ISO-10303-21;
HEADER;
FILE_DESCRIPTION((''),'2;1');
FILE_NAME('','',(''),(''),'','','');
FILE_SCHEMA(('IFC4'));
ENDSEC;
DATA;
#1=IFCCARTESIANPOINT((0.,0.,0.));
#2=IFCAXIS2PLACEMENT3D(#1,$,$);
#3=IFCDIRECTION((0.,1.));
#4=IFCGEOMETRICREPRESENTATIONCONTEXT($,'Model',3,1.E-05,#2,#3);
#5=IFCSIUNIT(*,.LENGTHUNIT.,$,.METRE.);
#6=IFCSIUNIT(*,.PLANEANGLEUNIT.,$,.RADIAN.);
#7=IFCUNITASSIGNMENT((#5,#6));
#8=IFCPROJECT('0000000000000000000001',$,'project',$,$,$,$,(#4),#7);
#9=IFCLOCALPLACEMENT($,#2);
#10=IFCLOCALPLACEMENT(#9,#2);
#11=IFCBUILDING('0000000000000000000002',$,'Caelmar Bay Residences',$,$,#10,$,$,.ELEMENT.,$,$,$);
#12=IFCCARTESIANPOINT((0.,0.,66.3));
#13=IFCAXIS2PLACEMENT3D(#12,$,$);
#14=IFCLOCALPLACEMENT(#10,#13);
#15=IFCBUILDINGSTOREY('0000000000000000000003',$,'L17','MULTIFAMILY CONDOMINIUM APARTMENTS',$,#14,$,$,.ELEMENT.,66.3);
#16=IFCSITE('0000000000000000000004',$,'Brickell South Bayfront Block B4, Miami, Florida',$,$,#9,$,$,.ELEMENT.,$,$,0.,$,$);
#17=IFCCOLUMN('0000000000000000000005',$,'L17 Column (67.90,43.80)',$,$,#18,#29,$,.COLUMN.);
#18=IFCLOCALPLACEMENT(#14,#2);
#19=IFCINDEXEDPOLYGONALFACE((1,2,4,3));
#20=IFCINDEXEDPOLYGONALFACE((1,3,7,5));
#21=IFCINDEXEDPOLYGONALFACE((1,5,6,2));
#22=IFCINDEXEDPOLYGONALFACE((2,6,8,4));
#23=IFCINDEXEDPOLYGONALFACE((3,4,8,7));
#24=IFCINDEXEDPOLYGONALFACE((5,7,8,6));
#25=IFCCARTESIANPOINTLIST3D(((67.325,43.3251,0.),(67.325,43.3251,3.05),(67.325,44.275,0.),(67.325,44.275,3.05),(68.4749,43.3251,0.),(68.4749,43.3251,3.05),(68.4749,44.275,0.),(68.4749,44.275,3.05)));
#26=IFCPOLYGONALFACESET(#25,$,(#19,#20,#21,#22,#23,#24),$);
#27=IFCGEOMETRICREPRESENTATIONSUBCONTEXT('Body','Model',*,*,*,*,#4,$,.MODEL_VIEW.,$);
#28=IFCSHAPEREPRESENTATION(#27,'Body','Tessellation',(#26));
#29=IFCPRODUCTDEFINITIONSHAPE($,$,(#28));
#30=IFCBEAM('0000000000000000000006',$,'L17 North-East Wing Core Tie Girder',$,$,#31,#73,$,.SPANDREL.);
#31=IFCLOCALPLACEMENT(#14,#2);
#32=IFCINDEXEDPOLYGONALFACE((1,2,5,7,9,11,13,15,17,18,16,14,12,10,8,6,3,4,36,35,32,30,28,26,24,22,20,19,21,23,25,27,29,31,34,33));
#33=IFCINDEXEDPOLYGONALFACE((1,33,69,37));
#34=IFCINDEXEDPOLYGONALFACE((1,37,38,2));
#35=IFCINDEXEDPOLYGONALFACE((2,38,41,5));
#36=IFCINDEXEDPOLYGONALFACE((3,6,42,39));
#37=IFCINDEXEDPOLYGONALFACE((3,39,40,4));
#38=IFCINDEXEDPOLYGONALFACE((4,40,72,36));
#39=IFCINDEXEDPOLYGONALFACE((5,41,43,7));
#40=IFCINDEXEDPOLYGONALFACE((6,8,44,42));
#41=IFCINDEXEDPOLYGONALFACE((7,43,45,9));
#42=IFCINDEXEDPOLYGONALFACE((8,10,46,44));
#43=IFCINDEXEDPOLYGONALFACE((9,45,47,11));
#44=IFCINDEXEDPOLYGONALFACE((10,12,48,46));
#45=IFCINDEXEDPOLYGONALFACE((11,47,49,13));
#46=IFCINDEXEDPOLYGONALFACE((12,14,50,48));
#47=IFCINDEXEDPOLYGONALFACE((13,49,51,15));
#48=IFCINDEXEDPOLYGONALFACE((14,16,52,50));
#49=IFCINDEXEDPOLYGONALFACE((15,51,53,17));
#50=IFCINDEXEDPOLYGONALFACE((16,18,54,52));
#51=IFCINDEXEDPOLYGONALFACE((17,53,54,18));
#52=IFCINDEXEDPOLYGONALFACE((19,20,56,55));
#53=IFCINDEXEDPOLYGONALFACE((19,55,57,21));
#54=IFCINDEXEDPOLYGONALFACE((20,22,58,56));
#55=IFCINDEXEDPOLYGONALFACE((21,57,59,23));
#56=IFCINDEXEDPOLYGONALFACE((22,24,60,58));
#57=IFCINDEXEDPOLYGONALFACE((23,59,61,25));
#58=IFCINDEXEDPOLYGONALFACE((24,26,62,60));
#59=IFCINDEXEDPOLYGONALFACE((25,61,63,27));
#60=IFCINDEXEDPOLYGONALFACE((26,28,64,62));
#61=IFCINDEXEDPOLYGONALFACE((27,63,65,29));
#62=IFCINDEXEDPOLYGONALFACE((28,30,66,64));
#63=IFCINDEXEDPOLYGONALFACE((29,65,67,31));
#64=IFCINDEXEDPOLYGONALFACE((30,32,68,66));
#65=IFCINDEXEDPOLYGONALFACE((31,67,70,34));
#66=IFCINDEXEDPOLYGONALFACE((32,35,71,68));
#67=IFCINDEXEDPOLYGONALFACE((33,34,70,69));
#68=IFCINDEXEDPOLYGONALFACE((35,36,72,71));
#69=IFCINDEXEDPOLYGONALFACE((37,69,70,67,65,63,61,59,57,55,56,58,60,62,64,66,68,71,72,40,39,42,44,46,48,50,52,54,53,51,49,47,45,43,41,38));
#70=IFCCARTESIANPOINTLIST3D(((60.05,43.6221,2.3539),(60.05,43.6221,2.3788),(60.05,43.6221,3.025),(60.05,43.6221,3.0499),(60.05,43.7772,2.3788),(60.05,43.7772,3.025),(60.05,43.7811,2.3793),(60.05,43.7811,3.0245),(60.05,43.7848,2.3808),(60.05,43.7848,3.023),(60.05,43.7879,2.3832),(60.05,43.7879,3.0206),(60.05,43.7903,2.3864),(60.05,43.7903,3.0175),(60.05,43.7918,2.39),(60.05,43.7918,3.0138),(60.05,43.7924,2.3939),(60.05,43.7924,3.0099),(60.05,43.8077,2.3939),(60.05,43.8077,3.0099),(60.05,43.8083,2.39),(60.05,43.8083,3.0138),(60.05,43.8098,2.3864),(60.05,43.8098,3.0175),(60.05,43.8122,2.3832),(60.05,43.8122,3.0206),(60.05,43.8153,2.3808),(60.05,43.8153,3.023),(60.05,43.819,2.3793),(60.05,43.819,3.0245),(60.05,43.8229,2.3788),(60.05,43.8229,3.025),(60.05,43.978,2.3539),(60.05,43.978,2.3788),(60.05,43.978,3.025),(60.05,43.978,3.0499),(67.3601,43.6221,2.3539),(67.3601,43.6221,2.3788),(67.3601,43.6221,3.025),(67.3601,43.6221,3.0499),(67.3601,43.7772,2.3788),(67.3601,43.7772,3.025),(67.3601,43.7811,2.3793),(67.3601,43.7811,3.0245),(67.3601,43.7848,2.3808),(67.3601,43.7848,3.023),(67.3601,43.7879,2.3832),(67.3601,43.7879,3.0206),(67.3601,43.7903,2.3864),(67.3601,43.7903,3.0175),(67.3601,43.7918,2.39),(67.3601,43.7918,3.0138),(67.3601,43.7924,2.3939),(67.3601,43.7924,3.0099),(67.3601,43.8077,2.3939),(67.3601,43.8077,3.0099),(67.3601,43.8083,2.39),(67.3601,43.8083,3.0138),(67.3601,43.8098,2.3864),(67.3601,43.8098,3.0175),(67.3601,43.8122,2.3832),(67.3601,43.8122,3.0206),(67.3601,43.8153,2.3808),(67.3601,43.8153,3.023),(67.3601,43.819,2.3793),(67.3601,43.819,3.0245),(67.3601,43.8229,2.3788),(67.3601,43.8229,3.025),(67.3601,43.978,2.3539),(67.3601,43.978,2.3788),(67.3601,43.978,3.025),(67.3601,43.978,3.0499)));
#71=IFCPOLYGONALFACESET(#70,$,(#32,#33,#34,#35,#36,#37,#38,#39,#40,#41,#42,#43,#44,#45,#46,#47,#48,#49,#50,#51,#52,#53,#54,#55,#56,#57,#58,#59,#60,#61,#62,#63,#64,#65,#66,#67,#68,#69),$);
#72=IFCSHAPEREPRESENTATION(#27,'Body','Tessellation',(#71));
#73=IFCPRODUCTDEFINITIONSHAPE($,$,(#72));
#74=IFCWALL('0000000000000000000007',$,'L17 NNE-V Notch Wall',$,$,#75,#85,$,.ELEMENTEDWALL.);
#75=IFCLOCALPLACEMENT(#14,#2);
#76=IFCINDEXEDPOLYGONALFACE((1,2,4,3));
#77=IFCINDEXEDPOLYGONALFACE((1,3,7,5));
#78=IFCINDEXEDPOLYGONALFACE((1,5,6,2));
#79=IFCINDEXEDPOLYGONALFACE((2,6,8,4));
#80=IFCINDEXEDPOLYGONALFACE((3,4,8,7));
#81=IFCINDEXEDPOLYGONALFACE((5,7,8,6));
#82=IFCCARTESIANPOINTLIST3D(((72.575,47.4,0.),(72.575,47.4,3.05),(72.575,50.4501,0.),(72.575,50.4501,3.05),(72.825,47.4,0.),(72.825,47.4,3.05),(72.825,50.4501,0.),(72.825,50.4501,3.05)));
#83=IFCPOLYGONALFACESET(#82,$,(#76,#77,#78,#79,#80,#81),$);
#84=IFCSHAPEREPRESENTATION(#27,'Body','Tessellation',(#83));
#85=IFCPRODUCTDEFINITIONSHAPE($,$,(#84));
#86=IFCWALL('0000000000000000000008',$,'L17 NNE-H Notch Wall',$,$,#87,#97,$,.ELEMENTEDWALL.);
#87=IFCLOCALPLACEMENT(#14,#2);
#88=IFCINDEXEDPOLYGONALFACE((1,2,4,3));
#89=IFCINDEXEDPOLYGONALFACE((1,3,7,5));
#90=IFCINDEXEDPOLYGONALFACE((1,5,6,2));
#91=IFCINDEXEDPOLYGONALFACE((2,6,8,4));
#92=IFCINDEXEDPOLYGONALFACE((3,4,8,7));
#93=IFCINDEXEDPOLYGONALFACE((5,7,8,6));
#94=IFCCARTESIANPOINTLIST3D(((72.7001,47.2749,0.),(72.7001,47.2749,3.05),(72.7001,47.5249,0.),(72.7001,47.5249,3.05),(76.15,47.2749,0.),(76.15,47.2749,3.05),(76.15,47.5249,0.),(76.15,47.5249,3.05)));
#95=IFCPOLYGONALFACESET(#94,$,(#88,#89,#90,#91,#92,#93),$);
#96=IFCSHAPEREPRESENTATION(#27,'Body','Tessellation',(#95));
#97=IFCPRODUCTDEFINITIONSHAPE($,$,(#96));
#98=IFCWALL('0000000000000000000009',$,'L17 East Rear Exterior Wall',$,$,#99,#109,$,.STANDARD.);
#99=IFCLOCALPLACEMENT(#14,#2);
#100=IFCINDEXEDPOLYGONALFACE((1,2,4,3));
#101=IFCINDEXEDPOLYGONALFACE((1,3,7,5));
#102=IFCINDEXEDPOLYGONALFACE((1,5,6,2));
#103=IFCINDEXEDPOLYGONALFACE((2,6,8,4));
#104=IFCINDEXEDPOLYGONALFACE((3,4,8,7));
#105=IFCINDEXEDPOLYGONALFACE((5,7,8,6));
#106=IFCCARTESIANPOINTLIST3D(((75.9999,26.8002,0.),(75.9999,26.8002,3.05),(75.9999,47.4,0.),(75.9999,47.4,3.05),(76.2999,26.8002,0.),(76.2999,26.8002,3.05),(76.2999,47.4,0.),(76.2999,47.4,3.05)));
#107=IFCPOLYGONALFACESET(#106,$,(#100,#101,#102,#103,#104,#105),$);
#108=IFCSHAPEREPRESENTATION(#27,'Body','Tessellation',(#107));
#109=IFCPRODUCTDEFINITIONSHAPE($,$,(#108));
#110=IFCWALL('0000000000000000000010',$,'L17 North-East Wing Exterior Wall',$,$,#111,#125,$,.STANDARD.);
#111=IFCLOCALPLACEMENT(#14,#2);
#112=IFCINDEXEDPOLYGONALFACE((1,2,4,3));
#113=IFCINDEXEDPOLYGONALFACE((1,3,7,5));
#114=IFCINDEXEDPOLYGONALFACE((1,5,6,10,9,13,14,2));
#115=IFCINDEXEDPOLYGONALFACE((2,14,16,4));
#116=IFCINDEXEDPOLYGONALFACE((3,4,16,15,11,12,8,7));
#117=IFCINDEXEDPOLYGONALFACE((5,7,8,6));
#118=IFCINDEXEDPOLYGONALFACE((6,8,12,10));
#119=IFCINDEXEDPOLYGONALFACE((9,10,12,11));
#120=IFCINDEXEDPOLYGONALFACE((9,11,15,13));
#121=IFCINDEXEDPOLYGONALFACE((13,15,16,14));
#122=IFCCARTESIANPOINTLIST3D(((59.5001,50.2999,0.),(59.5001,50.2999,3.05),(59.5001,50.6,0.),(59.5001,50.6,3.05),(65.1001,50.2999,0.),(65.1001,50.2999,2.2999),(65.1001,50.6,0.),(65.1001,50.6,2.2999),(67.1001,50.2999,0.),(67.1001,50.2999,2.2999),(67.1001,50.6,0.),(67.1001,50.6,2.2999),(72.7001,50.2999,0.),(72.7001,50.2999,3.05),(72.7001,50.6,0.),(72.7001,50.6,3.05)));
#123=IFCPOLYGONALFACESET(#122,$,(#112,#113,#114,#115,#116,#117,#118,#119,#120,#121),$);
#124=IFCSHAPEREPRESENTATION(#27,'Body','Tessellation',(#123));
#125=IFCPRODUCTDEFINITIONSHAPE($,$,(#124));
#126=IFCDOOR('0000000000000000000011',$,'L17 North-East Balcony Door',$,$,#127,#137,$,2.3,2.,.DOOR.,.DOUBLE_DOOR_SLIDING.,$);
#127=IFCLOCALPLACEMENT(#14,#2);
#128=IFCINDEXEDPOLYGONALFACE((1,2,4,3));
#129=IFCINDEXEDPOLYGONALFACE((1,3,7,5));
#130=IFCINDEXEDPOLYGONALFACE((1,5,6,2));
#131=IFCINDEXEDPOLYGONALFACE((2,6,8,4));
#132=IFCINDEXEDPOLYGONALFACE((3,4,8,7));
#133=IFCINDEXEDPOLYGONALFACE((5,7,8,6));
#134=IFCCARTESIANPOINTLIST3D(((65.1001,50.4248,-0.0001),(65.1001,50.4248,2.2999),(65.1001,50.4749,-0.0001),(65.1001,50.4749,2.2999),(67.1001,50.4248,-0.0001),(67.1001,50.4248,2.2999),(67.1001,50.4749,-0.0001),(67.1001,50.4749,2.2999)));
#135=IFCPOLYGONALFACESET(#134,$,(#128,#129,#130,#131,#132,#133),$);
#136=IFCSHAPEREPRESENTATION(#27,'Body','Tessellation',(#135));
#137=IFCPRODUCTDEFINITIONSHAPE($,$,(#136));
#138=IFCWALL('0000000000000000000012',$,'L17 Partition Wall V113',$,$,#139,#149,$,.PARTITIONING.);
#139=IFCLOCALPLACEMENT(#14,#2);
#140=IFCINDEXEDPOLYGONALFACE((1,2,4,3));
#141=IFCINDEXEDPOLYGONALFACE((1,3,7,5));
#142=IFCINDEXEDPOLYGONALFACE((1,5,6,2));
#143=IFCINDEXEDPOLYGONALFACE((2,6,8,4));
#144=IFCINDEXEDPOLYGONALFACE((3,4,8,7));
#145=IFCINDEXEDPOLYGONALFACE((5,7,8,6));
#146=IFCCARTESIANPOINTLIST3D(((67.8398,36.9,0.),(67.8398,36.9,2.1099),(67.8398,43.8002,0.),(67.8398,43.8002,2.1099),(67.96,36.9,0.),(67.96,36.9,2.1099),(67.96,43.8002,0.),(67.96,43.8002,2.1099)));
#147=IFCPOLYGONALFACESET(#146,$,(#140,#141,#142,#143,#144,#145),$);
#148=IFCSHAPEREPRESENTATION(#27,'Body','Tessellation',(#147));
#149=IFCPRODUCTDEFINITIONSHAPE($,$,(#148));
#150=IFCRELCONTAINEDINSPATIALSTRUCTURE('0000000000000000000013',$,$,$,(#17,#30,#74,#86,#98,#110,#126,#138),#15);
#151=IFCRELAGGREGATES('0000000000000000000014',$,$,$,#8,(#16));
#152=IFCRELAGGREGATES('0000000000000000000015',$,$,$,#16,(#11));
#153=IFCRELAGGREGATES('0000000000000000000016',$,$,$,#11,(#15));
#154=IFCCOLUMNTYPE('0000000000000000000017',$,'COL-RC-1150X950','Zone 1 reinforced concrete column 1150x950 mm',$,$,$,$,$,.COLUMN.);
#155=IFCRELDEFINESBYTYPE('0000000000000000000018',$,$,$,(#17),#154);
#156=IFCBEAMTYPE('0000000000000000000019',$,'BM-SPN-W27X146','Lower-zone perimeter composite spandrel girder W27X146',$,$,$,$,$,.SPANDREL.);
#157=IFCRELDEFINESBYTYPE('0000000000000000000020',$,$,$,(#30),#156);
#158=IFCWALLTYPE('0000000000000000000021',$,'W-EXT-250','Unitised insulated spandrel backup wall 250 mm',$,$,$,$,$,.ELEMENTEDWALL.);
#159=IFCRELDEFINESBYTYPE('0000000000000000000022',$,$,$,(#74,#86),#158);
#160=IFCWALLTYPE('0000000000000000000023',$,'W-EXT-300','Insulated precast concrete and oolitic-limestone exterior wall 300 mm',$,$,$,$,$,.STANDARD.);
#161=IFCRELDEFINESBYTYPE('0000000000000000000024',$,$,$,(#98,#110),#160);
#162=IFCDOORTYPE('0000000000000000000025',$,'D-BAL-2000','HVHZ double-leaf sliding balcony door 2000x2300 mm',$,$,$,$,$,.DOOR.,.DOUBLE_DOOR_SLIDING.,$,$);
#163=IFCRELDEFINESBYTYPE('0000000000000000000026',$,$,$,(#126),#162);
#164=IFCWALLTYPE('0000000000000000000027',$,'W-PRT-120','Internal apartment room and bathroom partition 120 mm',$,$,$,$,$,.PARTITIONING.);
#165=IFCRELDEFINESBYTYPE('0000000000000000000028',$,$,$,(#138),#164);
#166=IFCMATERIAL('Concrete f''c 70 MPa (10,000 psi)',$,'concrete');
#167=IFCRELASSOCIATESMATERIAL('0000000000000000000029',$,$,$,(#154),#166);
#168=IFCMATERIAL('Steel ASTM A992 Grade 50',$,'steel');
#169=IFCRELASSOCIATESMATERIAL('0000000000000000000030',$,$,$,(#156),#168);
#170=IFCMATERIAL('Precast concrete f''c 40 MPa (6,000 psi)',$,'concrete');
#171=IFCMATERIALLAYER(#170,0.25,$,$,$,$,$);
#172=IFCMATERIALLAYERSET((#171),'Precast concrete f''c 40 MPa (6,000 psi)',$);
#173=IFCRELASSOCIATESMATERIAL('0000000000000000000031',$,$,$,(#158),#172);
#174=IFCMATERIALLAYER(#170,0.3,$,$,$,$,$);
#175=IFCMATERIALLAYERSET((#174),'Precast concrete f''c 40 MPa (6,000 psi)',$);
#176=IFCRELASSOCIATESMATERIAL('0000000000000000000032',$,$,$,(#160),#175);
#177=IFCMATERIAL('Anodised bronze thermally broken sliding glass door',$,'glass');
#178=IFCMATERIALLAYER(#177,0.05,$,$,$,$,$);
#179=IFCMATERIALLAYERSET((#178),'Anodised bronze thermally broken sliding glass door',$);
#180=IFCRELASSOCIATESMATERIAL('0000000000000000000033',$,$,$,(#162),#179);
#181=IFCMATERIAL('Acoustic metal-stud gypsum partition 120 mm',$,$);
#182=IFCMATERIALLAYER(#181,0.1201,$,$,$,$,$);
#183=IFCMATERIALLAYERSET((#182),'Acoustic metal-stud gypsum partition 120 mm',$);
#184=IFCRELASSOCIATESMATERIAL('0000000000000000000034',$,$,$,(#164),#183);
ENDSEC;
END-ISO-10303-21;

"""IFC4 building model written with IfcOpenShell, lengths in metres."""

from ifc_helpers import new_model, si_unit, direction, frame, frame_2d, origin, origin_2d, place, context, subcontext, project, spatial, rectangle, i_section, extrude, material, layer, layer_set, material_profile, profile_set, type_object, element, fill, save


model = new_model("IFC4")

# Units and contexts
model_context = context("Model", 3, precision=1e-05, world=origin(), true_north=direction((0.0, 1.0)))
body_context = subcontext(model_context, "Body", "Model", "MODEL_VIEW")
ifc_project = project(units=[si_unit("LENGTHUNIT", "METRE"), si_unit("PLANEANGLEUNIT", "RADIAN")], contexts=[model_context])

# Site, building, storey
site_placement = place(None, origin())
site = spatial("IfcSite", under=ifc_project, at=site_placement, Name="Brickell South Bayfront Block B4, Miami, Florida", CompositionType="ELEMENT", RefElevation=0.0)
building_placement = place(site_placement, origin())
building = spatial("IfcBuilding", under=site, at=building_placement, Name="Caelmar Bay Residences", CompositionType="ELEMENT")
storey_placement = place(building_placement, frame((0.0, 0.0, 66.3)))
storey = spatial("IfcBuildingStorey", under=building, at=storey_placement, Name="L17", Description="MULTIFAMILY CONDOMINIUM APARTMENTS", CompositionType="ELEMENT", Elevation=66.3)

# Column
ifc_material_1 = material(Name="Concrete f'c 70 MPa (10,000 psi)", Category="concrete")
ifc_material_profile_1 = material_profile(ifc_material_1, rectangle(XDim=1.1499, YDim=0.95, at=origin_2d()), Name="RC-COL-1150X950")
ifc_profile_set_1 = profile_set([ifc_material_profile_1], Name="Concrete f'c 70 MPa (10,000 psi)")
column_type = type_object("IfcColumnType", Name="COL-RC-1150X950", Description="Zone 1 reinforced concrete column 1150x950 mm", PredefinedType="COLUMN", material=ifc_profile_set_1)
column_placement = place(storey_placement, frame((67.8999, 43.8, 0.0), z_axis=(0.0, 0.0, 1.0), x_axis=(1.0, 0.0, 0.0)))
element("IfcColumn", 1, at=column_placement, inside=storey, type_object=column_type, Name="L17 Column (67.90,43.80)", PredefinedType="COLUMN", context=body_context, shape_type="SweptSolid", body=[
    extrude(rectangle(XDim=1.1499, YDim=0.95, at=origin_2d()), origin(), (0.0, 0.0, 1.0), 3.05),
])

# Beam
ifc_material_2 = material(Name="Steel ASTM A992 Grade 50", Category="steel")
ifc_material_profile_2 = material_profile(ifc_material_2, i_section(OverallWidth=0.356, OverallDepth=0.696, WebThickness=0.0154, FlangeThickness=0.0249, FilletRadius=0.0151, at=origin_2d()), Name="W27X146")
ifc_profile_set_2 = profile_set([ifc_material_profile_2], Name="Steel ASTM A992 Grade 50")
beam_type = type_object("IfcBeamType", Name="BM-SPN-W27X146", Description="Lower-zone perimeter composite spandrel girder W27X146", PredefinedType="SPANDREL", material=ifc_profile_set_2)
beam_placement = place(storey_placement, frame((60.05, 43.8, 2.7019), z_axis=(1.0, 0.0, 0.0), x_axis=(0.0, 1.0, 0.0)))
element("IfcBeam", 2, at=beam_placement, inside=storey, type_object=beam_type, Name="L17 North-East Wing Core Tie Girder", PredefinedType="SPANDREL", context=body_context, shape_type="SweptSolid", body=[
    extrude(i_section(OverallWidth=0.356, OverallDepth=0.696, WebThickness=0.0154, FlangeThickness=0.0249, FilletRadius=0.0151, at=origin_2d()), origin(), (0.0, 0.0, 1.0), 7.3101),
])

# Walls
ifc_material_3 = material(Name="Precast concrete f'c 40 MPa (6,000 psi)", Category="concrete")
ifc_layer_1 = layer(ifc_material_3, 0.25)
ifc_layer_set_1 = layer_set([ifc_layer_1], Name="Precast concrete f'c 40 MPa (6,000 psi)")
wall_type_1 = type_object("IfcWallType", Name="W-EXT-250", Description="Unitised insulated spandrel backup wall 250 mm", PredefinedType="ELEMENTEDWALL", material=ifc_layer_set_1)
wall_1_placement = place(storey_placement, frame((72.7, 50.45, 0.0), z_axis=(0.0, 0.0, 1.0), x_axis=(0.0, -1.0, 0.0)))
element("IfcWall", 3, at=wall_1_placement, inside=storey, type_object=wall_type_1, Name="L17 NNE-V Notch Wall", PredefinedType="ELEMENTEDWALL", context=body_context, shape_type="SweptSolid", body=[
    extrude(rectangle(XDim=3.05, YDim=0.25, at=frame_2d((1.5249, 0.0))), origin(), (0.0, 0.0, 1.0), 3.05),
])
wall_2_placement = place(storey_placement, frame((72.7, 47.3999, 0.0), z_axis=(0.0, 0.0, 1.0), x_axis=(1.0, 0.0, 0.0)))
element("IfcWall", 4, at=wall_2_placement, inside=storey, type_object=wall_type_1, Name="L17 NNE-H Notch Wall", PredefinedType="ELEMENTEDWALL", context=body_context, shape_type="SweptSolid", body=[
    extrude(rectangle(XDim=3.45, YDim=0.25, at=frame_2d((1.7251, 0.0))), origin(), (0.0, 0.0, 1.0), 3.05),
])
ifc_layer_2 = layer(ifc_material_3, 0.3)
ifc_layer_set_2 = layer_set([ifc_layer_2], Name="Precast concrete f'c 40 MPa (6,000 psi)")
wall_type_2 = type_object("IfcWallType", Name="W-EXT-300", Description="Insulated precast concrete and oolitic-limestone exterior wall 300 mm", PredefinedType="STANDARD", material=ifc_layer_set_2)
wall_3_placement = place(storey_placement, frame((76.1499, 47.3999, 0.0), z_axis=(0.0, 0.0, 1.0), x_axis=(0.0, -1.0, 0.0)))
element("IfcWall", 5, at=wall_3_placement, inside=storey, type_object=wall_type_2, Name="L17 East Rear Exterior Wall", PredefinedType="STANDARD", context=body_context, shape_type="SweptSolid", body=[
    extrude(rectangle(XDim=20.5999, YDim=0.3, at=frame_2d((10.2998, 0.0))), origin(), (0.0, 0.0, 1.0), 3.05),
])

# Wall, opening, door
wall_4_placement = place(storey_placement, frame((59.5, 50.45, 0.0), z_axis=(0.0, 0.0, 1.0), x_axis=(1.0, 0.0, 0.0)))
wall_4 = element("IfcWall", 6, at=wall_4_placement, inside=storey, type_object=wall_type_2, Name="L17 North-East Wing Exterior Wall", PredefinedType="STANDARD", context=body_context, shape_type="SweptSolid", body=[
    extrude(rectangle(XDim=13.2, YDim=0.3, at=frame_2d((6.6001, 0.0))), origin(), (0.0, 0.0, 1.0), 3.05),
])
opening_1_placement = place(wall_4_placement, frame((5.6001, 0.0, 0.0)))
opening_1 = element("IfcOpeningElement", 7, at=opening_1_placement, cuts=wall_4, PredefinedType="OPENING", context=body_context, shape_type="SweptSolid", body=[
    extrude(rectangle(XDim=2.0, YDim=2.3, at=frame_2d((1.0, 1.1499))), frame((0.0, 0.1599, 0.0), z_axis=(0.0, -1.0, 0.0), x_axis=(1.0, 0.0, 0.0)), (0.0, 0.0, 1.0), 0.3201),
])
ifc_material_4 = material(Name="Anodised bronze thermally broken sliding glass door", Category="glass")
ifc_layer_3 = layer(ifc_material_4, 0.05)
ifc_layer_set_3 = layer_set([ifc_layer_3], Name="Anodised bronze thermally broken sliding glass door")
door_type_1 = type_object("IfcDoorType", Name="D-BAL-2000", Description="HVHZ double-leaf sliding balcony door 2000x2300 mm", OperationType="DOUBLE_DOOR_SLIDING", PredefinedType="DOOR", material=ifc_layer_set_3)
door_1_placement = place(opening_1_placement, origin())
door_1 = element("IfcDoor", 8, at=door_1_placement, inside=storey, type_object=door_type_1, Name="L17 North-East Balcony Door", OperationType="DOUBLE_DOOR_SLIDING", OverallHeight=2.3, OverallWidth=2.0, PredefinedType="DOOR", context=body_context, shape_type="SweptSolid", body=[
    extrude(rectangle(XDim=2.0, YDim=2.3, at=frame_2d((1.0, 1.1499))), frame((0.0, 0.0249, 0.0), z_axis=(0.0, -1.0, 0.0), x_axis=(1.0, 0.0, 0.0)), (0.0, 0.0, 1.0), 0.05),
])
fill(opening_1, door_1)

# Wall
ifc_material_5 = material(Name="Acoustic metal-stud gypsum partition 120 mm")
ifc_layer_4 = layer(ifc_material_5, 0.1201)
ifc_layer_set_4 = layer_set([ifc_layer_4], Name="Acoustic metal-stud gypsum partition 120 mm")
wall_type_3 = type_object("IfcWallType", Name="W-PRT-120", Description="Internal apartment room and bathroom partition 120 mm", PredefinedType="PARTITIONING", material=ifc_layer_set_4)
wall_5_placement = place(storey_placement, frame((67.8999, 36.8999, 0.0), z_axis=(0.0, 0.0, 1.0), x_axis=(0.0, 1.0, 0.0)))
element("IfcWall", 9, at=wall_5_placement, inside=storey, type_object=wall_type_3, Name="L17 Partition Wall V113", PredefinedType="PARTITIONING", context=body_context, shape_type="SweptSolid", body=[
    extrude(rectangle(XDim=6.9001, YDim=0.1201, at=frame_2d((3.4502, 0.0))), origin(), (0.0, 0.0, 1.0), 2.1099),
])

save(model, "model.ifc")
